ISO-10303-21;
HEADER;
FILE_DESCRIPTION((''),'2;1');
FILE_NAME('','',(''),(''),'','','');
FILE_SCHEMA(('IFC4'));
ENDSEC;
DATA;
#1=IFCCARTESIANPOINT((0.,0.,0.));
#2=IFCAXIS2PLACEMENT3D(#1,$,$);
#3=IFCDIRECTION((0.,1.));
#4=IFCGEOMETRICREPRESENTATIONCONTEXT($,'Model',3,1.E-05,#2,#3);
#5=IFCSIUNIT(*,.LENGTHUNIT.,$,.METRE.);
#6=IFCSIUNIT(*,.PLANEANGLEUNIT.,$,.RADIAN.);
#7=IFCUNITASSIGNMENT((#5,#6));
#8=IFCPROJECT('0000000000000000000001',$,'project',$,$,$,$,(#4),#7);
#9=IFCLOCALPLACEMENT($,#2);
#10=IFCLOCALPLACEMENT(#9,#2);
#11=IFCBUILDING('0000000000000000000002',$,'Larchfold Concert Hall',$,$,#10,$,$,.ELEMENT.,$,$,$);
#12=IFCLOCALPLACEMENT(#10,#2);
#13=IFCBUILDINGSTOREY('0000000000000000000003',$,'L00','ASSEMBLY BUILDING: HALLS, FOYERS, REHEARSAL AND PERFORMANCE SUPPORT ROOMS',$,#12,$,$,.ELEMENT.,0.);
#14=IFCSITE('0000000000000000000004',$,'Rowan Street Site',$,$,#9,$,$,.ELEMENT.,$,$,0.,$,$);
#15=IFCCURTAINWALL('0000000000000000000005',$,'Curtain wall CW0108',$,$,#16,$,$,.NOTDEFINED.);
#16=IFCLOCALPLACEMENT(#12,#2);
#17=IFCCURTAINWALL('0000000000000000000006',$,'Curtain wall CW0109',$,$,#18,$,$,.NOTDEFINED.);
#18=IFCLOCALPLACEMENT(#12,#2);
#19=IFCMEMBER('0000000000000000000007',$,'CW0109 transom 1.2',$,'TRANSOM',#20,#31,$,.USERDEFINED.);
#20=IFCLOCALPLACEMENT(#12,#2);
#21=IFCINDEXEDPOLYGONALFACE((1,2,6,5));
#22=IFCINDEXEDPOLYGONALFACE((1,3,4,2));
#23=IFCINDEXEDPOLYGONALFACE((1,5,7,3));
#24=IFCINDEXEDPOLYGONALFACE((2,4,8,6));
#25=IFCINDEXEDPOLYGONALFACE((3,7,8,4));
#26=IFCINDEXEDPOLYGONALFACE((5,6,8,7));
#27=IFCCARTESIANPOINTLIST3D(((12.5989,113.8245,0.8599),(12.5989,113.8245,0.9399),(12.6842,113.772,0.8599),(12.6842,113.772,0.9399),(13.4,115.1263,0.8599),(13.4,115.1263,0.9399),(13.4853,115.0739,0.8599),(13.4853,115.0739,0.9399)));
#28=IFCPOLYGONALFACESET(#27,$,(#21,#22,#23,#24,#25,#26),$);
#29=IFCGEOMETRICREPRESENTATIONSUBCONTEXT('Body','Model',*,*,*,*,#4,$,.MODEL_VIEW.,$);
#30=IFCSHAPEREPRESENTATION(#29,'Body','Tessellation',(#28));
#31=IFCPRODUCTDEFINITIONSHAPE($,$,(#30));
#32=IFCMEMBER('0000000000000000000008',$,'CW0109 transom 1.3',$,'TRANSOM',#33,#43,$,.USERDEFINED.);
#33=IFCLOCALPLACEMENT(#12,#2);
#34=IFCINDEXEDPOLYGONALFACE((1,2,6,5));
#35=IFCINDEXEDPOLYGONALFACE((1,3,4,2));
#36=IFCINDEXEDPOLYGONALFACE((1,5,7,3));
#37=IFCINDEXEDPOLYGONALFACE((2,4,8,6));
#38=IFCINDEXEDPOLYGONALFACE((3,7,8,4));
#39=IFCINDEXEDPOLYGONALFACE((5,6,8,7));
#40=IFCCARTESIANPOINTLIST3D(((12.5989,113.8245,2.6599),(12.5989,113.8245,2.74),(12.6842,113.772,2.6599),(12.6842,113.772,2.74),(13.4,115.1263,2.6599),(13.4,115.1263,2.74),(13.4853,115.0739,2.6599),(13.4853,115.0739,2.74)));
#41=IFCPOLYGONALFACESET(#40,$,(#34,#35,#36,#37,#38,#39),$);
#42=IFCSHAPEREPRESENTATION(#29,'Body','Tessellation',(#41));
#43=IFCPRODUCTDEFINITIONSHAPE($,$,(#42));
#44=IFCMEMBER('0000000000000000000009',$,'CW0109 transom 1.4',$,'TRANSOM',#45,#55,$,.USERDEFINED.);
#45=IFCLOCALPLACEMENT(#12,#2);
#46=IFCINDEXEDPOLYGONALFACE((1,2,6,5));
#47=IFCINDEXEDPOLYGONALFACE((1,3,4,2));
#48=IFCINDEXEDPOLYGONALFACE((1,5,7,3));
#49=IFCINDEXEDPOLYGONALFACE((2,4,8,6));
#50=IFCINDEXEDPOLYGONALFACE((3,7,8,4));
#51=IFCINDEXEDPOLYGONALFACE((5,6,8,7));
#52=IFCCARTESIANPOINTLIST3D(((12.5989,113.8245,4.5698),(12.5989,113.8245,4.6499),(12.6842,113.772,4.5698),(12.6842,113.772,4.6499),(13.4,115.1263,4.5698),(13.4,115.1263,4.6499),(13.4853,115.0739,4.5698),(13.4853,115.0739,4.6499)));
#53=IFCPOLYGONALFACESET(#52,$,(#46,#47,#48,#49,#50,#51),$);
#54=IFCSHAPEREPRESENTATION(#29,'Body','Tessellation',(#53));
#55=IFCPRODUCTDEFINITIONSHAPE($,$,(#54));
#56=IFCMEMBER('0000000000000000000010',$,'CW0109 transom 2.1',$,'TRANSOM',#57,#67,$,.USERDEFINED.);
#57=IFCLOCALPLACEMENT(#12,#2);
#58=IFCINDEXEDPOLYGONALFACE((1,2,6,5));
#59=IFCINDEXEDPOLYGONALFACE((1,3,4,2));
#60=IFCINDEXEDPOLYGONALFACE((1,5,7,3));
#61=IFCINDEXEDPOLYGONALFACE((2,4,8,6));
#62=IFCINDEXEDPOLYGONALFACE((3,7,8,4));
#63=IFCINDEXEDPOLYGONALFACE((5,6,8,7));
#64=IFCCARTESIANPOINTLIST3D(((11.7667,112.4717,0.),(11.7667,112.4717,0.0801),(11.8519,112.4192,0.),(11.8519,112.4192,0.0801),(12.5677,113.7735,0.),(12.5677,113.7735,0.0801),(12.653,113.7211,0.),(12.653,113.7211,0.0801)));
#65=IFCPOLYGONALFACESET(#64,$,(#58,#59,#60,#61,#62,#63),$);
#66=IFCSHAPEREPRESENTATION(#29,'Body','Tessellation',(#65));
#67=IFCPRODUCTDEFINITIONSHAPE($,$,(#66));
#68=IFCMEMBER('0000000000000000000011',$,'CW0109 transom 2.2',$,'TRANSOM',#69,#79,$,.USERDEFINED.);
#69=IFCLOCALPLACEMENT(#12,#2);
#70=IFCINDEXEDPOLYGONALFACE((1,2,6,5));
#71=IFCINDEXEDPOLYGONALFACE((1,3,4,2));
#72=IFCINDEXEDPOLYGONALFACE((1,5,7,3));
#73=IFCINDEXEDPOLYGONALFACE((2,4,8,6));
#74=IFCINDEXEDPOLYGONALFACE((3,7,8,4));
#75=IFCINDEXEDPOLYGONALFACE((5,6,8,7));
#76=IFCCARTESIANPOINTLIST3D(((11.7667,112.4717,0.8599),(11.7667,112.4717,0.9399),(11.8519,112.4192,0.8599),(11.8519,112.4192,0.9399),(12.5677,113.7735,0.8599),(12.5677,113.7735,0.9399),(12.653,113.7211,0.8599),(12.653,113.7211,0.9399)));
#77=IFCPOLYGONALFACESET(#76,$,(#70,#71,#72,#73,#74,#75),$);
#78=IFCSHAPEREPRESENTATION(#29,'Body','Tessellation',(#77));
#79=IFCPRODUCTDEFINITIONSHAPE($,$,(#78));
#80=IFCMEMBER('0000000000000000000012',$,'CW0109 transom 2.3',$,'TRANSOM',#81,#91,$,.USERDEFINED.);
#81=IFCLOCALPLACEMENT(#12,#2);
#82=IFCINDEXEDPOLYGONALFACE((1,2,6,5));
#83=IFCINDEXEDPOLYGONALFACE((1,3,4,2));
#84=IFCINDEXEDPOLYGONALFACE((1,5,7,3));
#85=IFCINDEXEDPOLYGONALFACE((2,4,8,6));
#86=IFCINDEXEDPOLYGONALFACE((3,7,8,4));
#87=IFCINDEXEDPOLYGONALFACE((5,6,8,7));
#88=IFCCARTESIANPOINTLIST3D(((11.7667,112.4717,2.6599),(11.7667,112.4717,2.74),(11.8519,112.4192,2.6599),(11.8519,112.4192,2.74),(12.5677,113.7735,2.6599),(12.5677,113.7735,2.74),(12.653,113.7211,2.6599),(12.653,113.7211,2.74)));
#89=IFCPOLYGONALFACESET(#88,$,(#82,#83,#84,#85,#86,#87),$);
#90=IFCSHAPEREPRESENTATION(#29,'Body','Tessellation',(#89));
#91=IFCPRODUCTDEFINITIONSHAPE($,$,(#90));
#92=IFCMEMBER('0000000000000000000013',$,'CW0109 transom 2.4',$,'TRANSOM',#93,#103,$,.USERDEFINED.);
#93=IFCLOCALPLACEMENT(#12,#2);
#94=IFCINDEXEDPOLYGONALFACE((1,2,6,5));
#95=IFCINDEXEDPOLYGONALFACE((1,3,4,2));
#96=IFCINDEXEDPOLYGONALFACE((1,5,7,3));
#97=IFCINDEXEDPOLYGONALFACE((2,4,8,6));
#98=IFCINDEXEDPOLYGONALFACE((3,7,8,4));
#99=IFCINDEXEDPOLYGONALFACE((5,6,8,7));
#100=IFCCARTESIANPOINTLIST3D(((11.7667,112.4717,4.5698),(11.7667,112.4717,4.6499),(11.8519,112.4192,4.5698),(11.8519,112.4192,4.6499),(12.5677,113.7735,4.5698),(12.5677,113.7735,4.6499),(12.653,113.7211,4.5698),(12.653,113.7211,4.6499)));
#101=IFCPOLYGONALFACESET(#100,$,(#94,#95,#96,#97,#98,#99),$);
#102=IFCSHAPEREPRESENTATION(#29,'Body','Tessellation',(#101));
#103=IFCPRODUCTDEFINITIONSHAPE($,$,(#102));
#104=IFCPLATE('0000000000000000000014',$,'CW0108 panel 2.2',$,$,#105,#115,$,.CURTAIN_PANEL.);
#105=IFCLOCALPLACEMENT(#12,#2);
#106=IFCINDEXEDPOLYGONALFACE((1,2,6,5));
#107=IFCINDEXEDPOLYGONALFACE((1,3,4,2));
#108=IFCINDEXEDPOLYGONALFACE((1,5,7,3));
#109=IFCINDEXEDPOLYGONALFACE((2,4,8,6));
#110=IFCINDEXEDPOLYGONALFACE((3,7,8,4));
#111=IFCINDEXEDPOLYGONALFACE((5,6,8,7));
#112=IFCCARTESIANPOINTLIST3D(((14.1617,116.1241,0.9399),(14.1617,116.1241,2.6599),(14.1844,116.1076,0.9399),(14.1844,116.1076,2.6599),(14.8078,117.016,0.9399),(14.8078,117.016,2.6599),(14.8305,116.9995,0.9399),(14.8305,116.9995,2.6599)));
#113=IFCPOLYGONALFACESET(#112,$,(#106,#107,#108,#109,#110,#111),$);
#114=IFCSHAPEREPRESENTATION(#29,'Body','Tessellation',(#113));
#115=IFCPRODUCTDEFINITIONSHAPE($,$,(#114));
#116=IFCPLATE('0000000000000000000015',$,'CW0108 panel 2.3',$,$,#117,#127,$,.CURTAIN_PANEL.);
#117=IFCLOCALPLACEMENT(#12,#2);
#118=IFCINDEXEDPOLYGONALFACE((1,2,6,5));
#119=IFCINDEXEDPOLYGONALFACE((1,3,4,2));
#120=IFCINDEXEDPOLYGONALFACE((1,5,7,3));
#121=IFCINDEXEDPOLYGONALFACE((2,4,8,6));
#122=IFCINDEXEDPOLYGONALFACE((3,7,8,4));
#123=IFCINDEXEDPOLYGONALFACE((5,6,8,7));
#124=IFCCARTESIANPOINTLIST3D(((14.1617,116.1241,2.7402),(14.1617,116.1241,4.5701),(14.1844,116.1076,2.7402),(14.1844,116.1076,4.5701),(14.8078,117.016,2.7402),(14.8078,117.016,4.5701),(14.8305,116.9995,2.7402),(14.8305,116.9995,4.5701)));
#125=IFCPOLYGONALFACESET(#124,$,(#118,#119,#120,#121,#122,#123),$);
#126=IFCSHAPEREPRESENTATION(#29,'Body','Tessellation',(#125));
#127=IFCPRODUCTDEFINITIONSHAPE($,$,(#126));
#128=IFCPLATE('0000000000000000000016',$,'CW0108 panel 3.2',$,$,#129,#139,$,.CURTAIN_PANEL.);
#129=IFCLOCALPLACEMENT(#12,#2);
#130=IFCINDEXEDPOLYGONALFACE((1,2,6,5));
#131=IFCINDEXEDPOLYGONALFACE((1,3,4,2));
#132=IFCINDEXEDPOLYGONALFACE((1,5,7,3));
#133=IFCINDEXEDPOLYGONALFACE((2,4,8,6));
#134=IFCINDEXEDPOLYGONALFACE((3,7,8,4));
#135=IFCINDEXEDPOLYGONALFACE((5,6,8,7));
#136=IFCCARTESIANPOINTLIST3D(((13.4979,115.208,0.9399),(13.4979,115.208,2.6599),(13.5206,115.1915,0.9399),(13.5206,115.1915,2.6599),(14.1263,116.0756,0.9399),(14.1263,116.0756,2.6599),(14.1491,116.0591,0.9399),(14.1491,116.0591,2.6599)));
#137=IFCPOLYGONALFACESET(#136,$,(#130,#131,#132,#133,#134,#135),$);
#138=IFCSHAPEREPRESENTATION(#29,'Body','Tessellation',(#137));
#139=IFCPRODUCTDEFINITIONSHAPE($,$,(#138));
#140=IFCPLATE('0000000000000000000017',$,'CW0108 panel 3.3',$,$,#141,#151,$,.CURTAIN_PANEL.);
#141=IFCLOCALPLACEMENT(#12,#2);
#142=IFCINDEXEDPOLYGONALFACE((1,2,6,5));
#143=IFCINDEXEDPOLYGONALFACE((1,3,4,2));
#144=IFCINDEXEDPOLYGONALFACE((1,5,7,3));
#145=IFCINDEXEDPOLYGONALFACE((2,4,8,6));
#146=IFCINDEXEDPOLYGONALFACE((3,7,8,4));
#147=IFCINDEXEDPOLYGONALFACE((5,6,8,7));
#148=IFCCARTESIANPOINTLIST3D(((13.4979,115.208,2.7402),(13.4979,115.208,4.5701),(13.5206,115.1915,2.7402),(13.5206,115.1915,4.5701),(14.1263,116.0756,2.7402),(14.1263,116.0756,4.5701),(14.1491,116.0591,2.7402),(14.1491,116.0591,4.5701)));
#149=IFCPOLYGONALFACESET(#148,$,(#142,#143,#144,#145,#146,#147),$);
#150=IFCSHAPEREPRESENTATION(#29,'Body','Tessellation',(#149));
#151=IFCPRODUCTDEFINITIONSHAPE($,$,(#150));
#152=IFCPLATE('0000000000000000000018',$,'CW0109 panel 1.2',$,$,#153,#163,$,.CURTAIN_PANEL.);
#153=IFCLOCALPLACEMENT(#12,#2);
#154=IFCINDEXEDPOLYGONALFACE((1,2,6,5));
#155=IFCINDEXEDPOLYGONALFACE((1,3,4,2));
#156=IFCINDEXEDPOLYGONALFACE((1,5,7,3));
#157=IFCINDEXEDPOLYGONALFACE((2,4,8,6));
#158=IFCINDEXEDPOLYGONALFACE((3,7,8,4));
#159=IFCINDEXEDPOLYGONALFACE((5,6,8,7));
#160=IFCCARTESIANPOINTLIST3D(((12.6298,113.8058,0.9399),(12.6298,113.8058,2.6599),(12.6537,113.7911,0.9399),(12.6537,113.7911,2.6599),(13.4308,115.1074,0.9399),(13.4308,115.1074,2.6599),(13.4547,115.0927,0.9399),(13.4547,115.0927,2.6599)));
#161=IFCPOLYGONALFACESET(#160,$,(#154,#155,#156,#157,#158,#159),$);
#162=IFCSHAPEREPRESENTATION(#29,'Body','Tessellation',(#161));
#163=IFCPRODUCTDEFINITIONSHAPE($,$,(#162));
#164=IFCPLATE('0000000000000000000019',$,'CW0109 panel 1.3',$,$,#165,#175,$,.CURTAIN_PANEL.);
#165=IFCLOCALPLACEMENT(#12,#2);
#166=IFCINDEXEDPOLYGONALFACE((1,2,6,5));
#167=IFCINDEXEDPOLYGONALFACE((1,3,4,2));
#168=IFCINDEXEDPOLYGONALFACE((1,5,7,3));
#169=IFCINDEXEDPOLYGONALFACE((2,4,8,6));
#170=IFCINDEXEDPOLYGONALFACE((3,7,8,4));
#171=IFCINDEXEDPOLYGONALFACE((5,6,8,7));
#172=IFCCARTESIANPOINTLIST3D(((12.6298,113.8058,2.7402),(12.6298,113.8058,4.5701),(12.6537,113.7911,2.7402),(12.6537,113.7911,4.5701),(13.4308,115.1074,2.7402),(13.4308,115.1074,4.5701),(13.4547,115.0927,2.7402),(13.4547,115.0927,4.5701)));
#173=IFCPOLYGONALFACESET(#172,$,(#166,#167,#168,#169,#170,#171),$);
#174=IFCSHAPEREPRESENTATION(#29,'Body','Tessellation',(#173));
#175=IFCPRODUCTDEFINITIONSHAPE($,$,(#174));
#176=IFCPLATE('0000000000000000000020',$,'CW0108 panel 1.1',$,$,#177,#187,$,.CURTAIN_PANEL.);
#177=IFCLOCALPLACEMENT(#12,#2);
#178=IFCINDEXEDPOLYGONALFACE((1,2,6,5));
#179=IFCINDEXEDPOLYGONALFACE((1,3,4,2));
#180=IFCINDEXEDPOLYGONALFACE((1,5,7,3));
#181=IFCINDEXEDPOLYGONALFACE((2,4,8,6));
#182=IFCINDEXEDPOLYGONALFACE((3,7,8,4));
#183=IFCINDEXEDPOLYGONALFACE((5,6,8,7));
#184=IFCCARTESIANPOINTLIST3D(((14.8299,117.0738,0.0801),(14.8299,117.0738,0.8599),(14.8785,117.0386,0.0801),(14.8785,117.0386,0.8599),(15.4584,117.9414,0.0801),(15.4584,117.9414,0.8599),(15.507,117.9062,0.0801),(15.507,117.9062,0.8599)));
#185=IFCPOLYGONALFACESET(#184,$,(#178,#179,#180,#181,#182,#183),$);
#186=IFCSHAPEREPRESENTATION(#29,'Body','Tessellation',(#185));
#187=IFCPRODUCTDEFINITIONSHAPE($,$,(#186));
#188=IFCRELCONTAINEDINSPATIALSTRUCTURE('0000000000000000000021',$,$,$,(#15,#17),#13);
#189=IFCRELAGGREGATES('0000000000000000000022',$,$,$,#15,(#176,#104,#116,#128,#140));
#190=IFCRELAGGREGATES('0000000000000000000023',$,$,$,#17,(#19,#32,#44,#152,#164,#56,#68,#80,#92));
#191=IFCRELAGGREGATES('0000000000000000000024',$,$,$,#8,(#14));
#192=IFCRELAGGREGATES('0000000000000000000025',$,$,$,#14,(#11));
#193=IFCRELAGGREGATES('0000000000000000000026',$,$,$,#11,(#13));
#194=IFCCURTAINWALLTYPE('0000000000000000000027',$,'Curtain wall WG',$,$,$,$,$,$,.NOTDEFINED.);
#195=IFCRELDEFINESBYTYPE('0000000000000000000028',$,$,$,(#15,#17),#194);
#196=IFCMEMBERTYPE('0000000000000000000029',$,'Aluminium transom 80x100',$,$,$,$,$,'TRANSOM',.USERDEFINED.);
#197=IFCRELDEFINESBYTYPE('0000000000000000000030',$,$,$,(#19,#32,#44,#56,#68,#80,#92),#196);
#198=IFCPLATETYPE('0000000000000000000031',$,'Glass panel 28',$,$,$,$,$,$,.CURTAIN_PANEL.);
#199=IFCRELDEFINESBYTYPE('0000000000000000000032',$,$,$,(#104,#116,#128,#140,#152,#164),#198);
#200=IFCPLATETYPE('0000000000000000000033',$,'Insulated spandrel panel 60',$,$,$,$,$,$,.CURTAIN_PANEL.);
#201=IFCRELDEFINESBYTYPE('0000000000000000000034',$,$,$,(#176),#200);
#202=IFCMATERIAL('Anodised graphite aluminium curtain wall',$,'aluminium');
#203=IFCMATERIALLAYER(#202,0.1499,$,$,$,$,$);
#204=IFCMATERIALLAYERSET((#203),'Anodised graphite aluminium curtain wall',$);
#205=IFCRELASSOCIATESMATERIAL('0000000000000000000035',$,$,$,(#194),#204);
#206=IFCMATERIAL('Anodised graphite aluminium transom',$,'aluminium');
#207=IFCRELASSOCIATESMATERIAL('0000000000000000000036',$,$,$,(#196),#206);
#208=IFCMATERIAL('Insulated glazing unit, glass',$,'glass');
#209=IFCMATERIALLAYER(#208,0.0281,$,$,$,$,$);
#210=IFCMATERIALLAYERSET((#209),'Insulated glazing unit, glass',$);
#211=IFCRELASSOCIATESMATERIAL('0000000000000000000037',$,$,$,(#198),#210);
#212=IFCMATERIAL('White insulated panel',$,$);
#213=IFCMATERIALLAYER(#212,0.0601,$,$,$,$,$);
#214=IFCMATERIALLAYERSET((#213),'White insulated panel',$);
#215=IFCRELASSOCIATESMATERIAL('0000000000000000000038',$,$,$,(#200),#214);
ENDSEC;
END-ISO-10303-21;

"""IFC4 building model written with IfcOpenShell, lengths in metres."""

from ifc_helpers import new_model, si_unit, direction, frame, origin, origin_2d, place, context, subcontext, project, spatial, rectangle, extrude, material, layer, layer_set, material_profile, profile_set, type_object, element, aggregate, save


model = new_model("IFC4")

# Units and contexts
model_context = context("Model", 3, precision=1e-05, world=origin(), true_north=direction((0.0, 1.0)))
body_context = subcontext(model_context, "Body", "Model", "MODEL_VIEW")
ifc_project = project(units=[si_unit("LENGTHUNIT", "METRE"), si_unit("PLANEANGLEUNIT", "RADIAN")], contexts=[model_context])

# Site, building, storey
site_placement = place(None, origin())
site = spatial("IfcSite", under=ifc_project, at=site_placement, Name="Rowan Street Site", CompositionType="ELEMENT", RefElevation=0.0)
building_placement = place(site_placement, origin())
building = spatial("IfcBuilding", under=site, at=building_placement, Name="Larchfold Concert Hall", CompositionType="ELEMENT")
storey_placement = place(building_placement, origin())
storey = spatial("IfcBuildingStorey", under=building, at=storey_placement, Name="L00", Description="ASSEMBLY BUILDING: HALLS, FOYERS, REHEARSAL AND PERFORMANCE SUPPORT ROOMS", CompositionType="ELEMENT", Elevation=0.0)

# Curtain walls
ifc_material_1 = material(Name="Anodised graphite aluminium curtain wall", Category="aluminium")
ifc_layer_1 = layer(ifc_material_1, 0.1499)
ifc_layer_set_1 = layer_set([ifc_layer_1], Name="Anodised graphite aluminium curtain wall")
curtain_wall_type = type_object("IfcCurtainWallType", Name="Curtain wall WG", PredefinedType="NOTDEFINED", material=ifc_layer_set_1)
curtain_wall_1_placement = place(storey_placement, origin())
curtain_wall_1 = element("IfcCurtainWall", 1, at=curtain_wall_1_placement, inside=storey, type_object=curtain_wall_type, Name="Curtain wall CW0108", PredefinedType="NOTDEFINED")
curtain_wall_2_placement = place(storey_placement, origin())
curtain_wall_2 = element("IfcCurtainWall", 2, at=curtain_wall_2_placement, inside=storey, type_object=curtain_wall_type, Name="Curtain wall CW0109", PredefinedType="NOTDEFINED")

# Members
ifc_material_2 = material(Name="Anodised graphite aluminium transom", Category="aluminium")
ifc_material_profile_1 = material_profile(ifc_material_2, rectangle(XDim=0.1001, YDim=0.0801, at=origin_2d()))
ifc_profile_set_1 = profile_set([ifc_material_profile_1], Name="Anodised graphite aluminium transom")
member_type_1 = type_object("IfcMemberType", Name="Aluminium transom 80x100", ElementType="TRANSOM", PredefinedType="USERDEFINED", material=ifc_profile_set_1)
member_1_placement = place(storey_placement, frame((13.4426, 115.1001, 0.8999), z_axis=(-0.524071, -0.851675, 0.0), x_axis=(0.851675, -0.524071, 0.0)))
member_1 = element("IfcMember", 3, at=member_1_placement, type_object=member_type_1, Name="CW0109 transom 1.2", ObjectType="TRANSOM", PredefinedType="USERDEFINED", context=body_context, shape_type="SweptSolid", body=[
    extrude(rectangle(XDim=0.1001, YDim=0.0801, at=origin_2d()), origin(), (0.0, 0.0, 1.0), 1.5286),
])
member_2_placement = place(storey_placement, frame((13.4426, 115.1001, 2.7), z_axis=(-0.524071, -0.851675, 0.0), x_axis=(0.851675, -0.524071, 0.0)))
member_2 = element("IfcMember", 4, at=member_2_placement, type_object=member_type_1, Name="CW0109 transom 1.3", ObjectType="TRANSOM", PredefinedType="USERDEFINED", context=body_context, shape_type="SweptSolid", body=[
    extrude(rectangle(XDim=0.1001, YDim=0.0801, at=origin_2d()), origin(), (0.0, 0.0, 1.0), 1.5286),
])
member_3_placement = place(storey_placement, frame((13.4426, 115.1001, 4.6099), z_axis=(-0.524071, -0.851675, 0.0), x_axis=(0.851675, -0.524071, 0.0)))
member_3 = element("IfcMember", 5, at=member_3_placement, type_object=member_type_1, Name="CW0109 transom 1.4", ObjectType="TRANSOM", PredefinedType="USERDEFINED", context=body_context, shape_type="SweptSolid", body=[
    extrude(rectangle(XDim=0.1001, YDim=0.0801, at=origin_2d()), origin(), (0.0, 0.0, 1.0), 1.5286),
])
member_4_placement = place(storey_placement, frame((12.6104, 113.7473, 0.04), z_axis=(-0.524071, -0.851675, 0.0), x_axis=(0.851675, -0.524071, 0.0)))
member_4 = element("IfcMember", 6, at=member_4_placement, type_object=member_type_1, Name="CW0109 transom 2.1", ObjectType="TRANSOM", PredefinedType="USERDEFINED", context=body_context, shape_type="SweptSolid", body=[
    extrude(rectangle(XDim=0.1001, YDim=0.0801, at=origin_2d()), origin(), (0.0, 0.0, 1.0), 1.5286),
])
member_5_placement = place(storey_placement, frame((12.6104, 113.7473, 0.8999), z_axis=(-0.524071, -0.851675, 0.0), x_axis=(0.851675, -0.524071, 0.0)))
member_5 = element("IfcMember", 7, at=member_5_placement, type_object=member_type_1, Name="CW0109 transom 2.2", ObjectType="TRANSOM", PredefinedType="USERDEFINED", context=body_context, shape_type="SweptSolid", body=[
    extrude(rectangle(XDim=0.1001, YDim=0.0801, at=origin_2d()), origin(), (0.0, 0.0, 1.0), 1.5286),
])
member_6_placement = place(storey_placement, frame((12.6104, 113.7473, 2.7), z_axis=(-0.524071, -0.851675, 0.0), x_axis=(0.851675, -0.524071, 0.0)))
member_6 = element("IfcMember", 8, at=member_6_placement, type_object=member_type_1, Name="CW0109 transom 2.3", ObjectType="TRANSOM", PredefinedType="USERDEFINED", context=body_context, shape_type="SweptSolid", body=[
    extrude(rectangle(XDim=0.1001, YDim=0.0801, at=origin_2d()), origin(), (0.0, 0.0, 1.0), 1.5286),
])
member_7_placement = place(storey_placement, frame((12.6104, 113.7473, 4.6099), z_axis=(-0.524071, -0.851675, 0.0), x_axis=(0.851675, -0.524071, 0.0)))
member_7 = element("IfcMember", 9, at=member_7_placement, type_object=member_type_1, Name="CW0109 transom 2.4", ObjectType="TRANSOM", PredefinedType="USERDEFINED", context=body_context, shape_type="SweptSolid", body=[
    extrude(rectangle(XDim=0.1001, YDim=0.0801, at=origin_2d()), origin(), (0.0, 0.0, 1.0), 1.5286),
])

# Plates
ifc_material_3 = material(Name="Insulated glazing unit, glass", Category="glass")
ifc_layer_2 = layer(ifc_material_3, 0.0281)
ifc_layer_set_2 = layer_set([ifc_layer_2], Name="Insulated glazing unit, glass")
plate_type_1 = type_object("IfcPlateType", Name="Glass panel 28", PredefinedType="CURTAIN_PANEL", material=ifc_layer_set_2)
plate_1_placement = place(storey_placement, frame((14.4961, 116.5618, 0.9399), z_axis=(0.0, 0.0, 1.0), x_axis=(-0.586641, -0.809847, 0.0)))
plate_1 = element("IfcPlate", 10, at=plate_1_placement, type_object=plate_type_1, Name="CW0108 panel 2.2", PredefinedType="CURTAIN_PANEL", context=body_context, shape_type="SweptSolid", body=[
    extrude(rectangle(XDim=1.1013, YDim=0.0281, at=origin_2d()), origin(), (0.0, 0.0, 1.0), 1.72),
])
plate_2_placement = place(storey_placement, frame((14.4961, 116.5618, 2.7402), z_axis=(0.0, 0.0, 1.0), x_axis=(-0.586641, -0.809847, 0.0)))
plate_2 = element("IfcPlate", 11, at=plate_2_placement, type_object=plate_type_1, Name="CW0108 panel 2.3", PredefinedType="CURTAIN_PANEL", context=body_context, shape_type="SweptSolid", body=[
    extrude(rectangle(XDim=1.1013, YDim=0.0281, at=origin_2d()), origin(), (0.0, 0.0, 1.0), 1.8298),
])
plate_3_placement = place(storey_placement, frame((13.8235, 115.6335, 0.9399), z_axis=(0.0, 0.0, 1.0), x_axis=(-0.586641, -0.809847, 0.0)))
plate_3 = element("IfcPlate", 12, at=plate_3_placement, type_object=plate_type_1, Name="CW0108 panel 3.2", PredefinedType="CURTAIN_PANEL", context=body_context, shape_type="SweptSolid", body=[
    extrude(rectangle(XDim=1.0713, YDim=0.0281, at=origin_2d()), origin(), (0.0, 0.0, 1.0), 1.72),
])
plate_4_placement = place(storey_placement, frame((13.8235, 115.6335, 2.7402), z_axis=(0.0, 0.0, 1.0), x_axis=(-0.586641, -0.809847, 0.0)))
plate_4 = element("IfcPlate", 13, at=plate_4_placement, type_object=plate_type_1, Name="CW0108 panel 3.3", PredefinedType="CURTAIN_PANEL", context=body_context, shape_type="SweptSolid", body=[
    extrude(rectangle(XDim=1.0713, YDim=0.0281, at=origin_2d()), origin(), (0.0, 0.0, 1.0), 1.8298),
])
plate_5_placement = place(storey_placement, frame((13.0422, 114.4492, 0.9399), z_axis=(0.0, 0.0, 1.0), x_axis=(-0.524081, -0.851669, 0.0)))
plate_5 = element("IfcPlate", 14, at=plate_5_placement, type_object=plate_type_1, Name="CW0109 panel 1.2", PredefinedType="CURTAIN_PANEL", context=body_context, shape_type="SweptSolid", body=[
    extrude(rectangle(XDim=1.5283, YDim=0.0281, at=origin_2d()), origin(), (0.0, 0.0, 1.0), 1.72),
])
plate_6_placement = place(storey_placement, frame((13.0422, 114.4492, 2.7402), z_axis=(0.0, 0.0, 1.0), x_axis=(-0.524081, -0.851669, 0.0)))
plate_6 = element("IfcPlate", 15, at=plate_6_placement, type_object=plate_type_1, Name="CW0109 panel 1.3", PredefinedType="CURTAIN_PANEL", context=body_context, shape_type="SweptSolid", body=[
    extrude(rectangle(XDim=1.5283, YDim=0.0281, at=origin_2d()), origin(), (0.0, 0.0, 1.0), 1.8298),
])
ifc_material_4 = material(Name="White insulated panel")
ifc_layer_3 = layer(ifc_material_4, 0.0601)
ifc_layer_set_3 = layer_set([ifc_layer_3], Name="White insulated panel")
plate_type_2 = type_object("IfcPlateType", Name="Insulated spandrel panel 60", PredefinedType="CURTAIN_PANEL", material=ifc_layer_set_3)
plate_7_placement = place(storey_placement, frame((15.1685, 117.49, 0.0801), z_axis=(0.0, 0.0, 1.0), x_axis=(-0.586641, -0.809847, 0.0)))
plate_7 = element("IfcPlate", 16, at=plate_7_placement, type_object=plate_type_2, Name="CW0108 panel 1.1", PredefinedType="CURTAIN_PANEL", context=body_context, shape_type="SweptSolid", body=[
    extrude(rectangle(XDim=1.0713, YDim=0.0601, at=origin_2d()), origin(), (0.0, 0.0, 1.0), 0.7798),
])
aggregate(curtain_wall_1, [plate_7, plate_1, plate_2, plate_3, plate_4])
aggregate(curtain_wall_2, [member_1, member_2, member_3, plate_5, plate_6, member_4, member_5, member_6, member_7])

save(model, "model.ifc")
